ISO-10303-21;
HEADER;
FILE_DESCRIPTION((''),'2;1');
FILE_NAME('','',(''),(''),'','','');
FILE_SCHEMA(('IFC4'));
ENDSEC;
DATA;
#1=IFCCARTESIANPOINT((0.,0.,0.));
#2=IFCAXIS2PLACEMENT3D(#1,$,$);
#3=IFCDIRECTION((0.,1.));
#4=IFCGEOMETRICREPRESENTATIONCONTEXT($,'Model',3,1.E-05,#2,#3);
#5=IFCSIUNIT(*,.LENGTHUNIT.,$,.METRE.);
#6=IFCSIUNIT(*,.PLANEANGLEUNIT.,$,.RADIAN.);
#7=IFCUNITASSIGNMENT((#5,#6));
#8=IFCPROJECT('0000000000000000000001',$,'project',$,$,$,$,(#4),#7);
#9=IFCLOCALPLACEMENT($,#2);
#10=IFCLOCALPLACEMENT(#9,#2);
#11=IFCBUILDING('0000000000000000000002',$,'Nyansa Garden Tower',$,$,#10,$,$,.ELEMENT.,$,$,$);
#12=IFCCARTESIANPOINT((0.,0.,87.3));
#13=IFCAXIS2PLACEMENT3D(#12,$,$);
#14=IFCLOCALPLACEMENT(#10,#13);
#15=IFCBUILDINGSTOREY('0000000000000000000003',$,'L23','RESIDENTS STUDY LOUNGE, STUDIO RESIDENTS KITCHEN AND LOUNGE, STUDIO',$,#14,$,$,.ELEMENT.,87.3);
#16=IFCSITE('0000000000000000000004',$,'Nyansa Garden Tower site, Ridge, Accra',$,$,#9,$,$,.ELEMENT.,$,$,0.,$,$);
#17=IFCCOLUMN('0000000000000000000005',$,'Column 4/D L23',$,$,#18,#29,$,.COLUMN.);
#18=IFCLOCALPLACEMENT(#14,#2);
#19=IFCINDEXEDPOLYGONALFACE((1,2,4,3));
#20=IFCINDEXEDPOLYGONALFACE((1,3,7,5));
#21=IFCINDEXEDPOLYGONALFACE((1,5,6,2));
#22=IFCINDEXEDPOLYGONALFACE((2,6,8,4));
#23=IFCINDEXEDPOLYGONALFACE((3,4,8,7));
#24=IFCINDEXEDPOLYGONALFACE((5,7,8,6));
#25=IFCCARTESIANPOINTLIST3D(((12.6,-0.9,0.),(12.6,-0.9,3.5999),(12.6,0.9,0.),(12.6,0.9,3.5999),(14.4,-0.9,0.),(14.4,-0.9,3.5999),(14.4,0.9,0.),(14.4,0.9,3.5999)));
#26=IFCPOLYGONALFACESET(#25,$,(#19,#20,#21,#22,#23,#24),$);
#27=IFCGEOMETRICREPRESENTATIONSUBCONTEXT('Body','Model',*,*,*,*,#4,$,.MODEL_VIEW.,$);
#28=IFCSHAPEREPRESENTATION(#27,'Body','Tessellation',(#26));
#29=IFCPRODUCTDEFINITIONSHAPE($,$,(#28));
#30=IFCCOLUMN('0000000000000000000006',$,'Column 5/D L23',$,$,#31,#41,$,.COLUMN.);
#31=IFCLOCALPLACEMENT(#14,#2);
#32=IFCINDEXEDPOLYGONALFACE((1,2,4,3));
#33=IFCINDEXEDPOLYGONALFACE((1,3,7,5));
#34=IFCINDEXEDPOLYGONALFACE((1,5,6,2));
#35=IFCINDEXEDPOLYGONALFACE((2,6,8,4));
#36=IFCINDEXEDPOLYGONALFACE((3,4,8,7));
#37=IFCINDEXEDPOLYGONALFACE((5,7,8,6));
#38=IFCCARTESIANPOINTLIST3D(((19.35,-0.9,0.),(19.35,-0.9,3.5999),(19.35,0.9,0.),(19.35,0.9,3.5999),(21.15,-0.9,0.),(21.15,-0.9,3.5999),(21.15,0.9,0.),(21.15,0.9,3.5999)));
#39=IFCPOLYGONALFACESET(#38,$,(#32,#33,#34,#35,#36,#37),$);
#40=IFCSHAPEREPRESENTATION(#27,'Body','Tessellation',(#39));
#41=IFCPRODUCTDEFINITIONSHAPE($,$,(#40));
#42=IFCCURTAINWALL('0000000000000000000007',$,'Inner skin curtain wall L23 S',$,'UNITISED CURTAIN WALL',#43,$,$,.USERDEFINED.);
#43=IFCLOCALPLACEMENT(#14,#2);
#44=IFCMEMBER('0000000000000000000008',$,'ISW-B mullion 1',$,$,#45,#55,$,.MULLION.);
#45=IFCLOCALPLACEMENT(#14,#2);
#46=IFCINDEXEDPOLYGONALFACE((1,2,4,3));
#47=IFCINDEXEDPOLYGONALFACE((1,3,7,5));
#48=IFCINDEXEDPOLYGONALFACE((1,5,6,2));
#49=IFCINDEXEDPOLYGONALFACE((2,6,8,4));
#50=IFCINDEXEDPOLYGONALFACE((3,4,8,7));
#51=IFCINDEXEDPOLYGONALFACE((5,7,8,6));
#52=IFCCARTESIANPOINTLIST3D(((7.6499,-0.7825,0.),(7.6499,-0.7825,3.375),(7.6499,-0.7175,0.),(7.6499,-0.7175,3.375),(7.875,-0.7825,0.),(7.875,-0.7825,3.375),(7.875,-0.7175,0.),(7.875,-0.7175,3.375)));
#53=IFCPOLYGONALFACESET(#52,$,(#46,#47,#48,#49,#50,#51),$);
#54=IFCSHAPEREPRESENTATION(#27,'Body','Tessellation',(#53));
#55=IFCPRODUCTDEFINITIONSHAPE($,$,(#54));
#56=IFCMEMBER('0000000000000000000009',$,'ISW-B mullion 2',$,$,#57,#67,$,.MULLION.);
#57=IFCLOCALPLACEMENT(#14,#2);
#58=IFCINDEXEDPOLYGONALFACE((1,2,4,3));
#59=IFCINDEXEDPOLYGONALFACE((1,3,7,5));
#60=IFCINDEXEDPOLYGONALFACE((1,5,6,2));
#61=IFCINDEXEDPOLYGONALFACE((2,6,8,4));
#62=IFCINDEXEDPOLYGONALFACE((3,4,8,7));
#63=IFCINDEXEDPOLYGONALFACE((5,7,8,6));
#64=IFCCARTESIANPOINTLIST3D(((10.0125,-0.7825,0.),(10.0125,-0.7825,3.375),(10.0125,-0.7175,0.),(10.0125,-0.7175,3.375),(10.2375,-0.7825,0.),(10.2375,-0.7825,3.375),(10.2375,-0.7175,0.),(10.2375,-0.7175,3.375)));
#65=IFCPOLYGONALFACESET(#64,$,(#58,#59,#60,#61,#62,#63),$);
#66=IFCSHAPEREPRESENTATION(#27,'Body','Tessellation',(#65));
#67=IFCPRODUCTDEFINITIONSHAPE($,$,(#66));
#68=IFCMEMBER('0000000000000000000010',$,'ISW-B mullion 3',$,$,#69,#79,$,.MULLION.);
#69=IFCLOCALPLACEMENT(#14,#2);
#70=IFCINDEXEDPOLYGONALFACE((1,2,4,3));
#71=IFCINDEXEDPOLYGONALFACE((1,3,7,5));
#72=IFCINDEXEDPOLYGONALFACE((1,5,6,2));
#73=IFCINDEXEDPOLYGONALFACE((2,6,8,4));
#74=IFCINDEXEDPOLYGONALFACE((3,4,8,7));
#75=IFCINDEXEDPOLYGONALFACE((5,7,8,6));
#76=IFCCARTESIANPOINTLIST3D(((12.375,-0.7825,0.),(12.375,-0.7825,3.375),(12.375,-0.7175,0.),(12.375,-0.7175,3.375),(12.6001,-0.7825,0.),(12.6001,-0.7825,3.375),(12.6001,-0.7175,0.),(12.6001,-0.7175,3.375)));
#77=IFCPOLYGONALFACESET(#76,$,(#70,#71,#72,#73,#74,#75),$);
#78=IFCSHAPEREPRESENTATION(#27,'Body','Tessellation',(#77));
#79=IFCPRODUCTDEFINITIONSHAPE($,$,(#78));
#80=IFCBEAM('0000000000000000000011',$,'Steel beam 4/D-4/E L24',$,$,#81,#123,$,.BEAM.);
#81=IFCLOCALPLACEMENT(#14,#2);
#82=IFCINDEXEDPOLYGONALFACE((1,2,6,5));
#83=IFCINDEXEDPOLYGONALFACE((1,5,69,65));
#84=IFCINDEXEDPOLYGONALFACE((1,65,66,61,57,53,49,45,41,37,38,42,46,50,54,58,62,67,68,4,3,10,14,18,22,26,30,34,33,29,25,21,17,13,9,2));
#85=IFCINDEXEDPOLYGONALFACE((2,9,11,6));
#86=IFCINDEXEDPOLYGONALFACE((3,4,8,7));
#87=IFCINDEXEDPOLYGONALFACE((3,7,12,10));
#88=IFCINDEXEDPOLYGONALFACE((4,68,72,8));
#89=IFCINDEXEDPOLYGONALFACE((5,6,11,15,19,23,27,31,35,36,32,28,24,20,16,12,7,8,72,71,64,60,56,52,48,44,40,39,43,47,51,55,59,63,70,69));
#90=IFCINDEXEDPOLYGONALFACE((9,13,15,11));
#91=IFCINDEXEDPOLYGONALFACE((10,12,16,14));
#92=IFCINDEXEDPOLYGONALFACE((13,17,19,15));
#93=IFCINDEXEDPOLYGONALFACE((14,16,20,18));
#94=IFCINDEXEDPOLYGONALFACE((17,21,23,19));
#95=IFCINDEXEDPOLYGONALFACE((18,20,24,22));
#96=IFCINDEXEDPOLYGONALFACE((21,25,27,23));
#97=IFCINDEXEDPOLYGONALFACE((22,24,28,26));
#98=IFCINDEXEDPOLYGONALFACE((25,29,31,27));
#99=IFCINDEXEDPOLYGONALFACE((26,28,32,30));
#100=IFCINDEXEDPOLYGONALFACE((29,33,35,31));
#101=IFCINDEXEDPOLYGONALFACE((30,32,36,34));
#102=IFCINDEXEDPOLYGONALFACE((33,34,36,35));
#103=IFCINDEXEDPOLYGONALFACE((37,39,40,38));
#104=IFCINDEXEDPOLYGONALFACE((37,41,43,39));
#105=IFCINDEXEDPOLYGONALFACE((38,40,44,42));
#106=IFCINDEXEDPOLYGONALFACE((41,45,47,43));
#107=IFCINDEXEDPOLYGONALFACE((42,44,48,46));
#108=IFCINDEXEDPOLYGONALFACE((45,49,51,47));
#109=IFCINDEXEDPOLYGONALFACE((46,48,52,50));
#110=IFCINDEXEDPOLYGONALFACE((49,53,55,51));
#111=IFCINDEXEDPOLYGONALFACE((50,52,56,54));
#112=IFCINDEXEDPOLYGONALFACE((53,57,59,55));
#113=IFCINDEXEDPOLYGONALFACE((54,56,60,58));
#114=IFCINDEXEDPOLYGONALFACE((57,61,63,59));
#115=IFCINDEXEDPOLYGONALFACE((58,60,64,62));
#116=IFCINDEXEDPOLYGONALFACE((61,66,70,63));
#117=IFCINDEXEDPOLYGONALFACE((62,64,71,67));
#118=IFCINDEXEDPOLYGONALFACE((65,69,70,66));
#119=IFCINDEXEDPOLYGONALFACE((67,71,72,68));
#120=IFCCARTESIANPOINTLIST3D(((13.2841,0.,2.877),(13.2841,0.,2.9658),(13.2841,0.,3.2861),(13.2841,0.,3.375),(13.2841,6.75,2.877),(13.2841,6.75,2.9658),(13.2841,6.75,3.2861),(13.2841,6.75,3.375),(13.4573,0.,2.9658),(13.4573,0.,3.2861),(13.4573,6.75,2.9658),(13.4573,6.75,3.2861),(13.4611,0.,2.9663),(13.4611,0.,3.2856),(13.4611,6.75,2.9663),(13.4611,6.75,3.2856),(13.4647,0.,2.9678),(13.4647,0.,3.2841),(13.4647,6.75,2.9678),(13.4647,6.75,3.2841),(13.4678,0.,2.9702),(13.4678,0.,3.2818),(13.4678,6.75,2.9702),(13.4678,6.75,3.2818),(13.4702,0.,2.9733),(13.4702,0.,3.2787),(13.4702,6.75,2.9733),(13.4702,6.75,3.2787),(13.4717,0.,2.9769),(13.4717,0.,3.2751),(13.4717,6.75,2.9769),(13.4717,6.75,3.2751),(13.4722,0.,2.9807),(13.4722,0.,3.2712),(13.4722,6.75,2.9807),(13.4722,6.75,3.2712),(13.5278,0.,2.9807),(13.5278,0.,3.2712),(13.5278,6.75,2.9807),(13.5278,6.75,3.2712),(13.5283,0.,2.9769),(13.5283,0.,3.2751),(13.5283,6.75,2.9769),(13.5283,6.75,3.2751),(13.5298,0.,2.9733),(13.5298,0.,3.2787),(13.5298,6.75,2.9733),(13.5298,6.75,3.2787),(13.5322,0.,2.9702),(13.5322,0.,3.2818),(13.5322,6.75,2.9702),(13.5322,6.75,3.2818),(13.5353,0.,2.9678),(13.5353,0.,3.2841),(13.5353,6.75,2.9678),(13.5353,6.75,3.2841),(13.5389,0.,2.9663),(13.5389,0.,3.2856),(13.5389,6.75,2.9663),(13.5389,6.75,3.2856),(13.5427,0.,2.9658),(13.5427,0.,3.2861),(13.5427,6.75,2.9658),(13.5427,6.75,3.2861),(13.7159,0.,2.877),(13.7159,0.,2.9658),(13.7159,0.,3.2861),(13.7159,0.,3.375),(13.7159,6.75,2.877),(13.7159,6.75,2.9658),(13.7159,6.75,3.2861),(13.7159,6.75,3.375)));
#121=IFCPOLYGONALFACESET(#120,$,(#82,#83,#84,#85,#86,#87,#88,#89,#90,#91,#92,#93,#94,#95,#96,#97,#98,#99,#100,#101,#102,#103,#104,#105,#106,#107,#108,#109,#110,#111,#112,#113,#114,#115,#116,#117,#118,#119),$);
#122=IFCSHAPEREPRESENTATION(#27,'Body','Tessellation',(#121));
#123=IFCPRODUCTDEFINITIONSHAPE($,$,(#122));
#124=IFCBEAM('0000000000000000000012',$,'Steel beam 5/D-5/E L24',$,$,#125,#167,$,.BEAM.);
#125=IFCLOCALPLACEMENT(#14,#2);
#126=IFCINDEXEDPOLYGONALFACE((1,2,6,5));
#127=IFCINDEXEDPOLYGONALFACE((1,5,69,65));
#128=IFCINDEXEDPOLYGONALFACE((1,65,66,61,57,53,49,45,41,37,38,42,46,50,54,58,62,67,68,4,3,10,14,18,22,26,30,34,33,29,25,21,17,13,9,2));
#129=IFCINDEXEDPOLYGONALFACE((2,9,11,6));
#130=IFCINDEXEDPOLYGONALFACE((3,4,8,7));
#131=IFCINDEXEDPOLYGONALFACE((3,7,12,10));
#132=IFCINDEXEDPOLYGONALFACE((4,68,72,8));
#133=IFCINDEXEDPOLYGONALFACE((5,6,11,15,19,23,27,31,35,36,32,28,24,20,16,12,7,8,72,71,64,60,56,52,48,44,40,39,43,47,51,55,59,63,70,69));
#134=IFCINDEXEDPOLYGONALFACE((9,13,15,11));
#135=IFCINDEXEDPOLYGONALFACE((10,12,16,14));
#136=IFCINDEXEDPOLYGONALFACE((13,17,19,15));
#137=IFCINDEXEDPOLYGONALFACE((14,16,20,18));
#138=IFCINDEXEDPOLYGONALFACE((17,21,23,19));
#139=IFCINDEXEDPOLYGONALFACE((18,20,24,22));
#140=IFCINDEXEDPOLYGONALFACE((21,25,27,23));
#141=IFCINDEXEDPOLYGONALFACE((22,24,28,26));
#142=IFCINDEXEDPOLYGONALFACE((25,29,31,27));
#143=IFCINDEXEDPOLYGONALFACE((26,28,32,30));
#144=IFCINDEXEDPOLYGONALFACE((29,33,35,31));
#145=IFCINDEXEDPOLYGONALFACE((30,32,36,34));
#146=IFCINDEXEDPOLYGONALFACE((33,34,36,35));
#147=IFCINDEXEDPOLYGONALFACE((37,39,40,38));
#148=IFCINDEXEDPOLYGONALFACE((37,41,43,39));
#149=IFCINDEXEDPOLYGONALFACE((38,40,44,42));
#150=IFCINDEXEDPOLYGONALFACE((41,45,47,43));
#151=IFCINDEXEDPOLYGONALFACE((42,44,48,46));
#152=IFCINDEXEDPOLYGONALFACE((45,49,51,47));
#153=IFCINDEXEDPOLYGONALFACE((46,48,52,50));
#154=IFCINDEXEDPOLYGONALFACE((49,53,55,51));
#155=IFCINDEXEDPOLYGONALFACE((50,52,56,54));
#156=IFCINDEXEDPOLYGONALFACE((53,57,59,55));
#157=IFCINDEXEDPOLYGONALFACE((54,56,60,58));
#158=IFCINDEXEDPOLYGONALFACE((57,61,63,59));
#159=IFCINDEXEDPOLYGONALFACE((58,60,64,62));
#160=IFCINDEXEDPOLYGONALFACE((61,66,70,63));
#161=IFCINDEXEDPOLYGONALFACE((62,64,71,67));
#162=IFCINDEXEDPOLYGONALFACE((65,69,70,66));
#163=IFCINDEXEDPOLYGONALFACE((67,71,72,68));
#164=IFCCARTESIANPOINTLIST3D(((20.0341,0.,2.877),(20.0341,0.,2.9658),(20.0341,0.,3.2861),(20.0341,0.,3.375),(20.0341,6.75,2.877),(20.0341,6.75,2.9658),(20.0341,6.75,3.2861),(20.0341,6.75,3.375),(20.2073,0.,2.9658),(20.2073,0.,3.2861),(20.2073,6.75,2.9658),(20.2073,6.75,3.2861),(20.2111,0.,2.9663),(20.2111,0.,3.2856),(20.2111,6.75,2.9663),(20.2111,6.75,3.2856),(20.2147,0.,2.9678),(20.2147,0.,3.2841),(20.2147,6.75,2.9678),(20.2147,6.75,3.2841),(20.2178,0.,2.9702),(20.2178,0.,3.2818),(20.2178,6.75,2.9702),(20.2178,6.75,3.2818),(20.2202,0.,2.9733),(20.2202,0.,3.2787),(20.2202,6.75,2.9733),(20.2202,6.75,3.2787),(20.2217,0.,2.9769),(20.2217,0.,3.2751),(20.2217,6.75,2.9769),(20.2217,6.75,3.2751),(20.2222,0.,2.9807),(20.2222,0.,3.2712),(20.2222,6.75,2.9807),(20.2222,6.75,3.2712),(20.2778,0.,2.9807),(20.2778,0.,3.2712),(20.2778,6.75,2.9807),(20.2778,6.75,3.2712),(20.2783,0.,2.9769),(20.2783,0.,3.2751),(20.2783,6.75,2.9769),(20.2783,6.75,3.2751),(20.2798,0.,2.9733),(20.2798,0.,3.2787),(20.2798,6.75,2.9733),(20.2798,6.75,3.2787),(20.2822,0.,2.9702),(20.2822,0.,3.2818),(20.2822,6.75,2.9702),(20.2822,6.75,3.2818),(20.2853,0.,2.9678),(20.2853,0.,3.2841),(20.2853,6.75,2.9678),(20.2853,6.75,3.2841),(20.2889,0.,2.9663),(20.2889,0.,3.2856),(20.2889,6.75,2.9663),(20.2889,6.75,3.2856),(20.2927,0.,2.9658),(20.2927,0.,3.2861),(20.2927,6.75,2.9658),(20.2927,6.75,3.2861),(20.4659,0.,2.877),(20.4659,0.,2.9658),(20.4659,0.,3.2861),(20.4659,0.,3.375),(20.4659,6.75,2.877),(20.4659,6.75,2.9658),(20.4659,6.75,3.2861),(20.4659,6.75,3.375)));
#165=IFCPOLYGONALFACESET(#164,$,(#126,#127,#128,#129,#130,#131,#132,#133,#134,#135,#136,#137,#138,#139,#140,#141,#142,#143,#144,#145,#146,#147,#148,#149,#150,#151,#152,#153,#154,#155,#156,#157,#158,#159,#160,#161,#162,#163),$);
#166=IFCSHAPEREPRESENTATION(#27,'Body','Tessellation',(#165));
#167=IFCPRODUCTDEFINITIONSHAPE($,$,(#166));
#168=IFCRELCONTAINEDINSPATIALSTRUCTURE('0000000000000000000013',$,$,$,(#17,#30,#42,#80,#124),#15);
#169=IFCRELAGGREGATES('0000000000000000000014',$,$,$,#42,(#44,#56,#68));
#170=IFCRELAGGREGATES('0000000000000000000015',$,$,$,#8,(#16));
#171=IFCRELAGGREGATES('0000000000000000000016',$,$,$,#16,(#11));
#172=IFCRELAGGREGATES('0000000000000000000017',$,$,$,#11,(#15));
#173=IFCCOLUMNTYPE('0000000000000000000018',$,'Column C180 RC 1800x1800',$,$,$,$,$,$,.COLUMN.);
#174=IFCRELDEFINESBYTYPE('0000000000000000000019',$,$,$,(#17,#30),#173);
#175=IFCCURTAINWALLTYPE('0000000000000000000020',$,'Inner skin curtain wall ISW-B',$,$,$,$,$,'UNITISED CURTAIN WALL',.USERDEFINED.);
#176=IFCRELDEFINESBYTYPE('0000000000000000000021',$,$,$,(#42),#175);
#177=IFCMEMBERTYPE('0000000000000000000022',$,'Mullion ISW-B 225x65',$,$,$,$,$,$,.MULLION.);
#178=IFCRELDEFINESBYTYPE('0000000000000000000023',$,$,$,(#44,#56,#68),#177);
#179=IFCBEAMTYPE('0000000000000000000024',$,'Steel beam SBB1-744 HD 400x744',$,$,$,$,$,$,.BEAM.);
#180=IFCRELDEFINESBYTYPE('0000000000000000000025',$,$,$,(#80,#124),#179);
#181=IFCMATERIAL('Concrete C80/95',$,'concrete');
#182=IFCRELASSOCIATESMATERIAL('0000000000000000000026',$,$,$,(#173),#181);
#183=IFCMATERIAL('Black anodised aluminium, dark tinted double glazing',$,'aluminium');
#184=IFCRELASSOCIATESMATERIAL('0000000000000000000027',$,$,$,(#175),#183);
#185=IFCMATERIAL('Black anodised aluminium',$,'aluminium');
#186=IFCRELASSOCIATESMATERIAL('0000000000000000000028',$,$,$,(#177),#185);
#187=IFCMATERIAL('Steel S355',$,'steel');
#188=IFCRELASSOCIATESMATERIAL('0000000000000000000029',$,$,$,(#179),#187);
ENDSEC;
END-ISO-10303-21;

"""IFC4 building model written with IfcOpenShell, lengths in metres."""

from ifc_helpers import new_model, si_unit, direction, frame, origin, origin_2d, place, context, subcontext, project, spatial, rectangle, i_section, extrude, material, material_profile, profile_set, type_object, element, aggregate, save


model = new_model("IFC4")

# Units and contexts
model_context = context("Model", 3, precision=1e-05, world=origin(), true_north=direction((0.0, 1.0)))
body_context = subcontext(model_context, "Body", "Model", "MODEL_VIEW")
ifc_project = project(units=[si_unit("LENGTHUNIT", "METRE"), si_unit("PLANEANGLEUNIT", "RADIAN")], contexts=[model_context])

# Site, building, storey
site_placement = place(None, origin())
site = spatial("IfcSite", under=ifc_project, at=site_placement, Name="Nyansa Garden Tower site, Ridge, Accra", CompositionType="ELEMENT", RefElevation=0.0)
building_placement = place(site_placement, origin())
building = spatial("IfcBuilding", under=site, at=building_placement, Name="Nyansa Garden Tower", CompositionType="ELEMENT")
storey_placement = place(building_placement, frame((0.0, 0.0, 87.3)))
storey = spatial("IfcBuildingStorey", under=building, at=storey_placement, Name="L23", Description="RESIDENTS STUDY LOUNGE, STUDIO RESIDENTS KITCHEN AND LOUNGE, STUDIO", CompositionType="ELEMENT", Elevation=87.3)

# Columns
ifc_material_1 = material(Name="Concrete C80/95", Category="concrete")
ifc_material_profile_1 = material_profile(ifc_material_1, rectangle(XDim=1.8, YDim=1.8, at=origin_2d()), Name="RC 1800x1800")
ifc_profile_set_1 = profile_set([ifc_material_profile_1], Name="Concrete C80/95")
column_type = type_object("IfcColumnType", Name="Column C180 RC 1800x1800", PredefinedType="COLUMN", material=ifc_profile_set_1)
for number, where, z_axis, x_axis, name in (
    (1, (13.5, 0.0, 0.0), (0.0, 0.0, 1.0), (1.0, 0.0, 0.0), "Column 4/D L23"),
    (2, (20.25, 0.0, 0.0), (0.0, 0.0, 1.0), (1.0, 0.0, 0.0), "Column 5/D L23"),
):
    element("IfcColumn", number, at=place(storey_placement, frame(where, z_axis=z_axis, x_axis=x_axis)), inside=storey, type_object=column_type, Name=name, PredefinedType="COLUMN", context=body_context, shape_type="SweptSolid", body=[
        extrude(rectangle(XDim=1.8, YDim=1.8, at=origin_2d()), origin(), (0.0, 0.0, 1.0), 3.5999),
    ])

# Curtain wall, members
ifc_material_2 = material(Name="Black anodised aluminium, dark tinted double glazing", Category="aluminium")
curtain_wall_type = type_object("IfcCurtainWallType", Name="Inner skin curtain wall ISW-B", ElementType="UNITISED CURTAIN WALL", PredefinedType="USERDEFINED", material=ifc_material_2)
curtain_wall_placement = place(storey_placement, origin())
curtain_wall = element("IfcCurtainWall", 3, at=curtain_wall_placement, inside=storey, type_object=curtain_wall_type, Name="Inner skin curtain wall L23 S", ObjectType="UNITISED CURTAIN WALL", PredefinedType="USERDEFINED")
ifc_material_3 = material(Name="Black anodised aluminium", Category="aluminium")
ifc_material_profile_2 = material_profile(ifc_material_3, rectangle(XDim=0.0649, YDim=0.2251, at=origin_2d()), Name="Mullion 225x65")
ifc_profile_set_2 = profile_set([ifc_material_profile_2], Name="Black anodised aluminium")
member_type_1 = type_object("IfcMemberType", Name="Mullion ISW-B 225x65", PredefinedType="MULLION", material=ifc_profile_set_2)
member_1_placement = place(storey_placement, frame((7.7625, -0.75, 0.0), z_axis=(0.0, 0.0, 1.0), x_axis=(0.0, 1.0, 0.0)))
member_1 = element("IfcMember", 4, at=member_1_placement, type_object=member_type_1, Name="ISW-B mullion 1", PredefinedType="MULLION", context=body_context, shape_type="SweptSolid", body=[
    extrude(rectangle(XDim=0.0649, YDim=0.2251, at=origin_2d()), origin(), (0.0, 0.0, 1.0), 3.375),
])
member_2_placement = place(storey_placement, frame((10.125, -0.75, 0.0), z_axis=(0.0, 0.0, 1.0), x_axis=(0.0, 1.0, 0.0)))
member_2 = element("IfcMember", 5, at=member_2_placement, type_object=member_type_1, Name="ISW-B mullion 2", PredefinedType="MULLION", context=body_context, shape_type="SweptSolid", body=[
    extrude(rectangle(XDim=0.0649, YDim=0.2251, at=origin_2d()), origin(), (0.0, 0.0, 1.0), 3.375),
])
member_3_placement = place(storey_placement, frame((12.4875, -0.75, 0.0), z_axis=(0.0, 0.0, 1.0), x_axis=(0.0, 1.0, 0.0)))
member_3 = element("IfcMember", 6, at=member_3_placement, type_object=member_type_1, Name="ISW-B mullion 3", PredefinedType="MULLION", context=body_context, shape_type="SweptSolid", body=[
    extrude(rectangle(XDim=0.0649, YDim=0.2251, at=origin_2d()), origin(), (0.0, 0.0, 1.0), 3.375),
])

# Beams
ifc_material_4 = material(Name="Steel S355", Category="steel")
ifc_material_profile_3 = material_profile(ifc_material_4, i_section(OverallWidth=0.4319, OverallDepth=0.498, WebThickness=0.0557, FlangeThickness=0.0889, FilletRadius=0.0149, at=origin_2d()), Name="HD 400x744")
ifc_profile_set_3 = profile_set([ifc_material_profile_3], Name="Steel S355")
beam_type_1 = type_object("IfcBeamType", Name="Steel beam SBB1-744 HD 400x744", PredefinedType="BEAM", material=ifc_profile_set_3)
for number, where, z_axis, x_axis, name in (
    (7, (13.5, 0.0, 3.126), (0.0, 1.0, 0.0), (-1.0, 0.0, 0.0), "Steel beam 4/D-4/E L24"),
    (8, (20.25, 0.0, 3.126), (0.0, 1.0, 0.0), (-1.0, 0.0, 0.0), "Steel beam 5/D-5/E L24"),
):
    element("IfcBeam", number, at=place(storey_placement, frame(where, z_axis=z_axis, x_axis=x_axis)), inside=storey, type_object=beam_type_1, Name=name, PredefinedType="BEAM", context=body_context, shape_type="SweptSolid", body=[
        extrude(i_section(OverallWidth=0.4319, OverallDepth=0.498, WebThickness=0.0557, FlangeThickness=0.0889, FilletRadius=0.0149, at=origin_2d()), origin(), (0.0, 0.0, 1.0), 6.75),
    ])

aggregate(curtain_wall, [member_1, member_2, member_3])

save(model, "model.ifc")
